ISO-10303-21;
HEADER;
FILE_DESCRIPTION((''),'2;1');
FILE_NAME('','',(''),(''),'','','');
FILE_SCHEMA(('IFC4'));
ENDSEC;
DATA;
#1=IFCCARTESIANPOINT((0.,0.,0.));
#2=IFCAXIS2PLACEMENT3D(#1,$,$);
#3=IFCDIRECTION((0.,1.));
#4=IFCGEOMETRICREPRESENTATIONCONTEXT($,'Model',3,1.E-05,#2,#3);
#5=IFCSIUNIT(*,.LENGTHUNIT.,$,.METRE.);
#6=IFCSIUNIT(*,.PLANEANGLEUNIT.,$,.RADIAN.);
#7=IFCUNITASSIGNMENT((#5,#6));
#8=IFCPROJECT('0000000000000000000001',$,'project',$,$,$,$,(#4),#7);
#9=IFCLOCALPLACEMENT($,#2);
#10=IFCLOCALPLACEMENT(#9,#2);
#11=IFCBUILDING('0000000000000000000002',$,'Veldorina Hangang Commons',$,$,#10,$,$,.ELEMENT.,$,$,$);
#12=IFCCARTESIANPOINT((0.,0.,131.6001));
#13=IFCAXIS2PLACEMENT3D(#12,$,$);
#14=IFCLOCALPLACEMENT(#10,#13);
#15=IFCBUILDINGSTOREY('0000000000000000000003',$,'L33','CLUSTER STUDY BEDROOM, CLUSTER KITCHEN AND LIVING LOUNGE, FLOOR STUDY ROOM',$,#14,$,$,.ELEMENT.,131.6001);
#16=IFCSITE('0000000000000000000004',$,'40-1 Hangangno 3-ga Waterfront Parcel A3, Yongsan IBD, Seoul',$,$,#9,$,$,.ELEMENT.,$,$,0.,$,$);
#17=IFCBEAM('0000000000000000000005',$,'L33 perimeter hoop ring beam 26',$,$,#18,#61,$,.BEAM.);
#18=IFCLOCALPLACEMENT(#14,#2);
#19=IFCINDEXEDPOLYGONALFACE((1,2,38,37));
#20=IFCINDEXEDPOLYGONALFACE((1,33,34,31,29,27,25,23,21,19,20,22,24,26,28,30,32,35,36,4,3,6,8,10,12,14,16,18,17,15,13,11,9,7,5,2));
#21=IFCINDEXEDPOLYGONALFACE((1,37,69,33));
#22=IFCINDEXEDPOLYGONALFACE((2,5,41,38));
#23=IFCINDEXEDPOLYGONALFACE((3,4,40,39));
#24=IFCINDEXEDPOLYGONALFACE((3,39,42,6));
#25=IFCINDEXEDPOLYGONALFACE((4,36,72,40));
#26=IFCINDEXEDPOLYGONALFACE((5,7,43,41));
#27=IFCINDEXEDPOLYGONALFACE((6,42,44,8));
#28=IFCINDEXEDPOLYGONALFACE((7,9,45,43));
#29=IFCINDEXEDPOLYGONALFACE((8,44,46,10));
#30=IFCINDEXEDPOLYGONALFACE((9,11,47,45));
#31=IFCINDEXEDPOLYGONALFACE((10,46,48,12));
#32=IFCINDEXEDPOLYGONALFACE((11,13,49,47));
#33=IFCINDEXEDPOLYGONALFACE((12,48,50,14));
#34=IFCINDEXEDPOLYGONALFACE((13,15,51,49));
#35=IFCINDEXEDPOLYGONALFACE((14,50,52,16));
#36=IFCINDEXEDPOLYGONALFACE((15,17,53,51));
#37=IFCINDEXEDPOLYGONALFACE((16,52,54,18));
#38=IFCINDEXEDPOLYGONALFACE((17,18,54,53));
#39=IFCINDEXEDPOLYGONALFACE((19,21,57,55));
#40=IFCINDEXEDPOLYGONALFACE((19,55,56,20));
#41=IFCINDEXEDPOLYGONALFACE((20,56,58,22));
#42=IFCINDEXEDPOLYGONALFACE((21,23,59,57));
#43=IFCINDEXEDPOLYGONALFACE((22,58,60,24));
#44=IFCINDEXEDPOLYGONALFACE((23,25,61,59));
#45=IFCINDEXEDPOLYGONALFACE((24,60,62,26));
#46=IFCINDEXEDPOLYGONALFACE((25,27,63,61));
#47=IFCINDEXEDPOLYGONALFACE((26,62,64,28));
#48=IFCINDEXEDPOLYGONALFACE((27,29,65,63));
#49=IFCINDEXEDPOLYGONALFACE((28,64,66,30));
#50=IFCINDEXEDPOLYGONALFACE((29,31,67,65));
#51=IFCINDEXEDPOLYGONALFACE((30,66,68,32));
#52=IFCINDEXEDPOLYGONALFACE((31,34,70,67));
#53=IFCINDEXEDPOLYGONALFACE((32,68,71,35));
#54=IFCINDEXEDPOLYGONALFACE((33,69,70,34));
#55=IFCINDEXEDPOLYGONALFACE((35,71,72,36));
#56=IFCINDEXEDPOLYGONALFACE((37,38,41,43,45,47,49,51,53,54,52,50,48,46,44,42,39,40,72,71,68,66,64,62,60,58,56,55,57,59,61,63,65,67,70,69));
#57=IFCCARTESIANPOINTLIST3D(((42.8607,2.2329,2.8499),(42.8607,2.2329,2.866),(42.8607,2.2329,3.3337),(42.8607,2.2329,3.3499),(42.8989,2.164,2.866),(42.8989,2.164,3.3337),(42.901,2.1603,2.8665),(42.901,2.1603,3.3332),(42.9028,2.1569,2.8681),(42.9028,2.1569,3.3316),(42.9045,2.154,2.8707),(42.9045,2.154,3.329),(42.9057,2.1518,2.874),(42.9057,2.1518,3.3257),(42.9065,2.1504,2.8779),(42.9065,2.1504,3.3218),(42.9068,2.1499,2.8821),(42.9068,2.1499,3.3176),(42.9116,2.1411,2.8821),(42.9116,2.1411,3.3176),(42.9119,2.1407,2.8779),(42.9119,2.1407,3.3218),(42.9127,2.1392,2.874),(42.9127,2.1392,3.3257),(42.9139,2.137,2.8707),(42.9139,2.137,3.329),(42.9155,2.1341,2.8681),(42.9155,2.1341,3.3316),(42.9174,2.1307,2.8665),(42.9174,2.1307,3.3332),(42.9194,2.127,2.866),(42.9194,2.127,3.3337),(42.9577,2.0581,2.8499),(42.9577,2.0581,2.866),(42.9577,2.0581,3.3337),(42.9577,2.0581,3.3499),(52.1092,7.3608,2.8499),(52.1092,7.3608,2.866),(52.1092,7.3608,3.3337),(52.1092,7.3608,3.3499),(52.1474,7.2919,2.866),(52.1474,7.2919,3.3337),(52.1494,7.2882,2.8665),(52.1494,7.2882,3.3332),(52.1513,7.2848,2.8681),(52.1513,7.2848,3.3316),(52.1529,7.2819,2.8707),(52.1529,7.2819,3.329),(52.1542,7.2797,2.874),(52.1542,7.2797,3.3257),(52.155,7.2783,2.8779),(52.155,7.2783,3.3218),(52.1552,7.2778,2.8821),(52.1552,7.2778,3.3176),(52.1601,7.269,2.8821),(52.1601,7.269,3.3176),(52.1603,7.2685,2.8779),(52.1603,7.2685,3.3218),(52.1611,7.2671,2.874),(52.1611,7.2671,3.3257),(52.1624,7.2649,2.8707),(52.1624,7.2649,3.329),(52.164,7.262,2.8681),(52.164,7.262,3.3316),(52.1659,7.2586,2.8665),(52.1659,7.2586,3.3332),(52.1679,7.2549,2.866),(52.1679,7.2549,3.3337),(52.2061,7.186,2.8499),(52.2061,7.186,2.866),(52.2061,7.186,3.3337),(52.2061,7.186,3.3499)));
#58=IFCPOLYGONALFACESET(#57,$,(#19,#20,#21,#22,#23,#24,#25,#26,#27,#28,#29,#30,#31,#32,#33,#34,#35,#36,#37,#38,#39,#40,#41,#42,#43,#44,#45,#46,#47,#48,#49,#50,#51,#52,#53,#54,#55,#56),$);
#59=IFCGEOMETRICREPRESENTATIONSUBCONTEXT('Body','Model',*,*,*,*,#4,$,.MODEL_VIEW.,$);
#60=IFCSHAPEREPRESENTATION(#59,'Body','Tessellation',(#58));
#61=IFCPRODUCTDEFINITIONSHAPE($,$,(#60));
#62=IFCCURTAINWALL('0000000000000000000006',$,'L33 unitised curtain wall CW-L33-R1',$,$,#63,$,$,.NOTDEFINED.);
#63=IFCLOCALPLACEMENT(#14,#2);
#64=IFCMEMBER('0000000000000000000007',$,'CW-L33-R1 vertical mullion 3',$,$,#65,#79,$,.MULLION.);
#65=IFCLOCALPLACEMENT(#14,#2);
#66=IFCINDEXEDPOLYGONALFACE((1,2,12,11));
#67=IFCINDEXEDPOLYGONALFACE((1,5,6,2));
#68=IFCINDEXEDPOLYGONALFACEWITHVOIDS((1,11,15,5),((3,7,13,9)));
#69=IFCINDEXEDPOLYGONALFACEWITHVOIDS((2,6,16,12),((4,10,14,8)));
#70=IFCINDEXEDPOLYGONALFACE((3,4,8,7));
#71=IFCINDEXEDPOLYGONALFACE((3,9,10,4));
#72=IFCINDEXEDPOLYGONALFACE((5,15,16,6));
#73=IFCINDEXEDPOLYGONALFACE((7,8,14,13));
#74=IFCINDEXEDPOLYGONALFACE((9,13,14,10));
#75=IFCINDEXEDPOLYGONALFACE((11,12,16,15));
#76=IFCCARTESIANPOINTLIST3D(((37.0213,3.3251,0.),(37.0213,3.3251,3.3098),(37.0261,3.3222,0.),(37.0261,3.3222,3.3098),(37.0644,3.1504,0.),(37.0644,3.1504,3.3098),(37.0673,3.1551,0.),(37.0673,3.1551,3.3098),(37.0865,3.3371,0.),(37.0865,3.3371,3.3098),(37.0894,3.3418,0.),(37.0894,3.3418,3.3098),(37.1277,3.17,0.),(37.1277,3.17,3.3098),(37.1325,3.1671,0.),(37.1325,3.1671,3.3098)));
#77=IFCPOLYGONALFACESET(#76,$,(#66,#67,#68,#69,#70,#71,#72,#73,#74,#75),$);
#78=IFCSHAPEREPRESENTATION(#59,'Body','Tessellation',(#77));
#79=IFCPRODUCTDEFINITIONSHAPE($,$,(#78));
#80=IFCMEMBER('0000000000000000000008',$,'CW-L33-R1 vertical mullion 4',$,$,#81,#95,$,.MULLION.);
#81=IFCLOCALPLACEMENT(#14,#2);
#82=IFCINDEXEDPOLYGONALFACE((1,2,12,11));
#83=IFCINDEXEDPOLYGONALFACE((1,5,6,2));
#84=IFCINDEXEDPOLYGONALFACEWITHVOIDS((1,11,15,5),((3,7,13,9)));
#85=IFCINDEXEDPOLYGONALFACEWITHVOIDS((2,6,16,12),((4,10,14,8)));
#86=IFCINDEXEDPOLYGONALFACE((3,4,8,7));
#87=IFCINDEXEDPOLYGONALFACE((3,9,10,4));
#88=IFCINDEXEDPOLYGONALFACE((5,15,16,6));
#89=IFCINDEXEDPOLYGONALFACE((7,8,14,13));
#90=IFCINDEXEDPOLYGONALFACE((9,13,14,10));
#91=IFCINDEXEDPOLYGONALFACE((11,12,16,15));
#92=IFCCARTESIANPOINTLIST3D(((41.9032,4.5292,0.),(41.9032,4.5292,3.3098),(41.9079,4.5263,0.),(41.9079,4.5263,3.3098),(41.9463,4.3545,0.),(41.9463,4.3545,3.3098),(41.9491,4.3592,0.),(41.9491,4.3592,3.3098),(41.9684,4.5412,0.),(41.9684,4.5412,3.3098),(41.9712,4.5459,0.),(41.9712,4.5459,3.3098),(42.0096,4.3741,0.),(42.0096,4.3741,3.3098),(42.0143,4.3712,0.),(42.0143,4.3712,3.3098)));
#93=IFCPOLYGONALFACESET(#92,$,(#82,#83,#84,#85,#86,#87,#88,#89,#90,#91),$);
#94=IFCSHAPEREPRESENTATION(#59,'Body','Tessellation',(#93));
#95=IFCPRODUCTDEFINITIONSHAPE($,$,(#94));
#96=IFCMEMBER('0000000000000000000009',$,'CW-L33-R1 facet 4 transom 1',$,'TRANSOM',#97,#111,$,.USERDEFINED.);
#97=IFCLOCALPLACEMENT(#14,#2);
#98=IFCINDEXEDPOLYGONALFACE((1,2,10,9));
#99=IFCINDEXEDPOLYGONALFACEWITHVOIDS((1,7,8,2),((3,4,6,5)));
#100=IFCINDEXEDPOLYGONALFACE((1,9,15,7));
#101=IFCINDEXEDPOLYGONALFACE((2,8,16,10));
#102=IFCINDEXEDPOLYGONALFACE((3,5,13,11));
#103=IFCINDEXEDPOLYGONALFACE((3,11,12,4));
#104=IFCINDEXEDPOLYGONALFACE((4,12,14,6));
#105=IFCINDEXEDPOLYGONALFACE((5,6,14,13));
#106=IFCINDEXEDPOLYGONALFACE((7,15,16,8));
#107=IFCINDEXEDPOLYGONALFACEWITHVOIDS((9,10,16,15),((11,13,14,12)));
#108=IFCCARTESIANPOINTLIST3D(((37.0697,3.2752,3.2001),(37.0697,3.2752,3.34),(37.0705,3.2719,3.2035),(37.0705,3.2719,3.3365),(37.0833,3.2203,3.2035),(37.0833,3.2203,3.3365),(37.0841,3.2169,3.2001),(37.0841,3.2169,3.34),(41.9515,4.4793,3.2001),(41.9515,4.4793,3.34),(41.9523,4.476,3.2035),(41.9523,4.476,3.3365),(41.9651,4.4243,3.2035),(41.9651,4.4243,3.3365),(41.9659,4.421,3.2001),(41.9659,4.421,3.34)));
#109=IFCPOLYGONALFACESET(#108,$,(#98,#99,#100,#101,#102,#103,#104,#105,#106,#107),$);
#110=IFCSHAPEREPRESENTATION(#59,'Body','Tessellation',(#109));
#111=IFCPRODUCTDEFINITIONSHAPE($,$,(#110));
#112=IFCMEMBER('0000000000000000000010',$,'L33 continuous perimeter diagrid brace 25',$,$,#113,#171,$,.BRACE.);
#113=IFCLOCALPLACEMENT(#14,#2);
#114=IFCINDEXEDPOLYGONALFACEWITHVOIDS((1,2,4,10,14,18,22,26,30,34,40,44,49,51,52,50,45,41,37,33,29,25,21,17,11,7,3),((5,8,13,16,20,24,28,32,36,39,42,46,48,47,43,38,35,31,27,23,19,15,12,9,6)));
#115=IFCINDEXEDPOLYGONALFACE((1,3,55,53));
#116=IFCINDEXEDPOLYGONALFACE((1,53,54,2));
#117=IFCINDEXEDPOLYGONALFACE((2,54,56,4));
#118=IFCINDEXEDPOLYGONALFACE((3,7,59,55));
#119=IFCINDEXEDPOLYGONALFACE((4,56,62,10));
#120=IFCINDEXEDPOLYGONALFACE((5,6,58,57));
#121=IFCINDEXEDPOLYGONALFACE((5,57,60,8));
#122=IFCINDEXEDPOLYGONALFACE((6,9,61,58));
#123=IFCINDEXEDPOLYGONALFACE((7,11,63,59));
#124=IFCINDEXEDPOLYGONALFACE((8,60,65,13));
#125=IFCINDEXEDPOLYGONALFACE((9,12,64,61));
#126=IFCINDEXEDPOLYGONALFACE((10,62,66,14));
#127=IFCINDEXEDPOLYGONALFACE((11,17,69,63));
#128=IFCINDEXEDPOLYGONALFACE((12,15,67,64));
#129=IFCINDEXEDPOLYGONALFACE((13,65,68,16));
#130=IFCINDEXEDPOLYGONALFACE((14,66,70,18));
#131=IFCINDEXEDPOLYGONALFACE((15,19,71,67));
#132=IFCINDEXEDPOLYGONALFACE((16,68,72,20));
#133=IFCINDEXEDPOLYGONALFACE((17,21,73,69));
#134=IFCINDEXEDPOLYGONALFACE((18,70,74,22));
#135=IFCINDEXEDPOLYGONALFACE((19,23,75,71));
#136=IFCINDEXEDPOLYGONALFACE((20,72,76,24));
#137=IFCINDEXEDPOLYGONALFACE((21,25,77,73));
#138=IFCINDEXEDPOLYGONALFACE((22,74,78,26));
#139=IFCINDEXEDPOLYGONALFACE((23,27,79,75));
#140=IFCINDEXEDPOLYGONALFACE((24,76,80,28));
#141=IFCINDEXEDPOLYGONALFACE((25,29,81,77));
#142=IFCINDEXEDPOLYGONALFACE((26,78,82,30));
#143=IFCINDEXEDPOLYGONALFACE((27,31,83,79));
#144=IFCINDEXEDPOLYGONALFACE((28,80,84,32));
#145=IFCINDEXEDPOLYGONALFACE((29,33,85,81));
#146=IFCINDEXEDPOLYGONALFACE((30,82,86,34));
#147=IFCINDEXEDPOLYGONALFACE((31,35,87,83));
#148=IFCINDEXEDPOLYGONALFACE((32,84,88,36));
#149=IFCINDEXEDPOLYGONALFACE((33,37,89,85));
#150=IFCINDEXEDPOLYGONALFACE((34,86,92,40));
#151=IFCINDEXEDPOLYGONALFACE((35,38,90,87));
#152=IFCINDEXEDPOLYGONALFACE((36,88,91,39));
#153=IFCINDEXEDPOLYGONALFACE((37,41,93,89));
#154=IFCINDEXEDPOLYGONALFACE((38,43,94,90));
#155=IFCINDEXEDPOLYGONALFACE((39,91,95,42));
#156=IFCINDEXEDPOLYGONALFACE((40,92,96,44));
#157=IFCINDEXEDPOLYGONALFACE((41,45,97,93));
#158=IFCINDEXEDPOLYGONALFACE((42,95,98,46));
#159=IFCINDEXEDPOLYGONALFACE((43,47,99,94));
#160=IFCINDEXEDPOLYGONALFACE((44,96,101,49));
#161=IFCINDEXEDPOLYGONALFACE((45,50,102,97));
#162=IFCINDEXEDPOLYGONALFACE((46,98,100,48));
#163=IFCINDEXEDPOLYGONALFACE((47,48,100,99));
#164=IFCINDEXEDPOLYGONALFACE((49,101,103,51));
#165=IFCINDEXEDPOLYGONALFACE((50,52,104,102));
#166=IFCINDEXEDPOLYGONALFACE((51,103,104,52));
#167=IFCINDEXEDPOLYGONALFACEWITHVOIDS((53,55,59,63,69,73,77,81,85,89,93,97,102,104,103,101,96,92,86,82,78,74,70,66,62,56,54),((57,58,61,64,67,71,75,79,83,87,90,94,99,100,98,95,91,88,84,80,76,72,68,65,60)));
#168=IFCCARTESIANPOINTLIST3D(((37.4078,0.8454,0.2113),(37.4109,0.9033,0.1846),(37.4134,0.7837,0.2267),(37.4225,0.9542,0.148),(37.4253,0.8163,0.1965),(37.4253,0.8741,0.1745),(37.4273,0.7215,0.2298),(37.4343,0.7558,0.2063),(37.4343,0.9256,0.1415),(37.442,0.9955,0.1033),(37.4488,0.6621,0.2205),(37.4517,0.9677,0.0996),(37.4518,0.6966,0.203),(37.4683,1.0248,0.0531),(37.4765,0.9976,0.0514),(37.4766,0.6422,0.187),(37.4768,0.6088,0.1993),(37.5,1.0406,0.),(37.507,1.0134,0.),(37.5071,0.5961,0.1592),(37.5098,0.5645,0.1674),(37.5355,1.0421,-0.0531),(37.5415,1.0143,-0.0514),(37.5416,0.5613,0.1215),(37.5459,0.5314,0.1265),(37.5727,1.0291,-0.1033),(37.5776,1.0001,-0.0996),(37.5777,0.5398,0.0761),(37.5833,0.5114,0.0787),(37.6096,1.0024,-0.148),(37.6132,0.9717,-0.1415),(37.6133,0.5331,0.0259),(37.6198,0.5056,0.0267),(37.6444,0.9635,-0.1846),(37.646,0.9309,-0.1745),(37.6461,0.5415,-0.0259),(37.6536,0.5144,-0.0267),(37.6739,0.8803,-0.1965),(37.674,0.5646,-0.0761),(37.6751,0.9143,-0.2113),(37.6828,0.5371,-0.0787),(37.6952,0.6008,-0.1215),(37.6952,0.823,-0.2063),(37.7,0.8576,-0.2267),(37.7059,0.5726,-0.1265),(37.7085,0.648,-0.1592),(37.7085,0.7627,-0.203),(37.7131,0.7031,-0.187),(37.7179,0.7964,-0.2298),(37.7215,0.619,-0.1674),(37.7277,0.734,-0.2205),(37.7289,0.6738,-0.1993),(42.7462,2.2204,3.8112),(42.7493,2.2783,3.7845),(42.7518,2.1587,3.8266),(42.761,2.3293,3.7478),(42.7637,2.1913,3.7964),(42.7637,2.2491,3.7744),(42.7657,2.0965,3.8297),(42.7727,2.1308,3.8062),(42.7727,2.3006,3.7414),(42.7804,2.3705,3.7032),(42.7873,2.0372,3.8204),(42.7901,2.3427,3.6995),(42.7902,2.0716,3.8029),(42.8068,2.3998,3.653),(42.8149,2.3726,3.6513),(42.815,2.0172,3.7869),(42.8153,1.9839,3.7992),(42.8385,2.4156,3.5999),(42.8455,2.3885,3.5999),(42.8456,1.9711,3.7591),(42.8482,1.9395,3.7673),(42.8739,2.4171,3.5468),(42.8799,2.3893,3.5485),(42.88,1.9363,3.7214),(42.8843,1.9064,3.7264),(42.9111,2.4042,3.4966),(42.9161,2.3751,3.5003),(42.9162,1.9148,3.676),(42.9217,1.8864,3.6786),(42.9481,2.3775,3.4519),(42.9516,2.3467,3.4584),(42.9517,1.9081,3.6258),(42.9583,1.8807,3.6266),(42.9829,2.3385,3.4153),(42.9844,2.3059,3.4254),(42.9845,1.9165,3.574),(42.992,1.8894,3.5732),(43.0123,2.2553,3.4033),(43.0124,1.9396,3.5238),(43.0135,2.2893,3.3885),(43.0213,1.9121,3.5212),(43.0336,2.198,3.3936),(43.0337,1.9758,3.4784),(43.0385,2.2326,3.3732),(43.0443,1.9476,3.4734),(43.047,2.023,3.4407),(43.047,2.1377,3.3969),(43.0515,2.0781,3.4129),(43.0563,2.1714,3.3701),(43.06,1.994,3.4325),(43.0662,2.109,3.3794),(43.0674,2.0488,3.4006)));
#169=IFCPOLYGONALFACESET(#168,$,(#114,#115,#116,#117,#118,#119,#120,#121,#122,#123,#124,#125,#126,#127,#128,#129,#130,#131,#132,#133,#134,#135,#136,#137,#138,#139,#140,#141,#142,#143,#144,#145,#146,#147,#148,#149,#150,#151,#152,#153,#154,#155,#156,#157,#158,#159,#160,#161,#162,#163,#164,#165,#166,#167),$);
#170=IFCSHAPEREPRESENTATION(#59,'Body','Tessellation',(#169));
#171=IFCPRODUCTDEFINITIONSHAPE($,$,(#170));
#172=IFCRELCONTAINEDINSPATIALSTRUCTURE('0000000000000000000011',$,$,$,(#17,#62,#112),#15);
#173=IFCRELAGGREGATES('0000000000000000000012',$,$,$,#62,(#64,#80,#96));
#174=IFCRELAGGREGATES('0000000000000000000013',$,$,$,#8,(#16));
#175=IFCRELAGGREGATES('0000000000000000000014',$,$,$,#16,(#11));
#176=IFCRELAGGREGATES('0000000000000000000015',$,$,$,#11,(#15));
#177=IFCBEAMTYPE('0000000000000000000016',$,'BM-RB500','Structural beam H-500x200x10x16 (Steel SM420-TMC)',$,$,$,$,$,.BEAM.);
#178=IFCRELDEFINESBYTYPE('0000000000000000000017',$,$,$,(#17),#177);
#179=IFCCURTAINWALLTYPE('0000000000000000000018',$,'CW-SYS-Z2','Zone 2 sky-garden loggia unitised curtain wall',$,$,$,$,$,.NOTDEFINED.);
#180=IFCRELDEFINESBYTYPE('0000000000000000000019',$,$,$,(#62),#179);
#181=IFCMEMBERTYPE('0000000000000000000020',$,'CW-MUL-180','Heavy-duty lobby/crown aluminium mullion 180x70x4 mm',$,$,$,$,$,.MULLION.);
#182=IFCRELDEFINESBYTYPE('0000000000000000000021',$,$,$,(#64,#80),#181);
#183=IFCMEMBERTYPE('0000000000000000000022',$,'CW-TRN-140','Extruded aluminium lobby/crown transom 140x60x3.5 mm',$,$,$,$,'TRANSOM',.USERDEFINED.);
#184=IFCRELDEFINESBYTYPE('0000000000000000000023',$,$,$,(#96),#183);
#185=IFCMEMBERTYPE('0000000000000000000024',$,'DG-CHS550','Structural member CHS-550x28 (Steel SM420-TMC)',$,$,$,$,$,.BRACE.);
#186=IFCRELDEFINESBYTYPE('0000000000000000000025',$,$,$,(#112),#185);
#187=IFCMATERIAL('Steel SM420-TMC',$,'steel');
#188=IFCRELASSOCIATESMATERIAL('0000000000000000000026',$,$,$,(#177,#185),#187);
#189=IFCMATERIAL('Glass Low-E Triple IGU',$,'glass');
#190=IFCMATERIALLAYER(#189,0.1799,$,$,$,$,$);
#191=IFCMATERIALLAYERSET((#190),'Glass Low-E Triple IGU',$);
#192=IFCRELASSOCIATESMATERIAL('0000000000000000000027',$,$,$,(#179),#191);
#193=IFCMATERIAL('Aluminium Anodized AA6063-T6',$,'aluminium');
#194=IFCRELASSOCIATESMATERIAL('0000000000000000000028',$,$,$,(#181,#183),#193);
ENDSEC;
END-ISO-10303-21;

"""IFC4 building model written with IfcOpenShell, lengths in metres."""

from ifc_helpers import new_model, si_unit, direction, frame, origin, origin_2d, place, context, subcontext, project, spatial, hollow_rectangle, hollow_circle, i_section, extrude, material, layer, layer_set, material_profile, profile_set, type_object, element, aggregate, save


model = new_model("IFC4")

# Units and contexts
model_context = context("Model", 3, precision=1e-05, world=origin(), true_north=direction((0.0, 1.0)))
body_context = subcontext(model_context, "Body", "Model", "MODEL_VIEW")
ifc_project = project(units=[si_unit("LENGTHUNIT", "METRE"), si_unit("PLANEANGLEUNIT", "RADIAN")], contexts=[model_context])

# Site, building, storey
site_placement = place(None, origin())
site = spatial("IfcSite", under=ifc_project, at=site_placement, Name="40-1 Hangangno 3-ga Waterfront Parcel A3, Yongsan IBD, Seoul", CompositionType="ELEMENT", RefElevation=0.0)
building_placement = place(site_placement, origin())
building = spatial("IfcBuilding", under=site, at=building_placement, Name="Veldorina Hangang Commons", CompositionType="ELEMENT")
storey_placement = place(building_placement, frame((0.0, 0.0, 131.6001)))
storey = spatial("IfcBuildingStorey", under=building, at=storey_placement, Name="L33", Description="CLUSTER STUDY BEDROOM, CLUSTER KITCHEN AND LIVING LOUNGE, FLOOR STUDY ROOM", CompositionType="ELEMENT", Elevation=131.6001)

# Beam
ifc_material_1 = material(Name="Steel SM420-TMC", Category="steel")
ifc_material_profile_1 = material_profile(ifc_material_1, i_section(OverallWidth=0.2, OverallDepth=0.5, WebThickness=0.01, FlangeThickness=0.0161, FilletRadius=0.0161, at=origin_2d()), Name="H-500x200x10x16")
ifc_profile_set_1 = profile_set([ifc_material_profile_1], Name="Steel SM420-TMC")
beam_type = type_object("IfcBeamType", Name="BM-RB500", Description="Structural beam H-500x200x10x16 (Steel SM420-TMC)", PredefinedType="BEAM", material=ifc_profile_set_1)
beam_placement = place(storey_placement, frame((42.9092, 2.1455, 3.0999), z_axis=(0.874564, 0.48491, 0.0), x_axis=(-0.48491, 0.874564, 0.0)))
element("IfcBeam", 1, at=beam_placement, inside=storey, type_object=beam_type, Name="L33 perimeter hoop ring beam 26", PredefinedType="BEAM", context=body_context, shape_type="SweptSolid", body=[
    extrude(i_section(OverallWidth=0.2, OverallDepth=0.5, WebThickness=0.01, FlangeThickness=0.0161, FilletRadius=0.0161, at=origin_2d()), origin(), (0.0, 0.0, 1.0), 10.575),
])

# Curtain wall, members
ifc_material_2 = material(Name="Glass Low-E Triple IGU", Category="glass")
ifc_layer_1 = layer(ifc_material_2, 0.1799)
ifc_layer_set_1 = layer_set([ifc_layer_1], Name="Glass Low-E Triple IGU")
curtain_wall_type = type_object("IfcCurtainWallType", Name="CW-SYS-Z2", Description="Zone 2 sky-garden loggia unitised curtain wall", PredefinedType="NOTDEFINED", material=ifc_layer_set_1)
curtain_wall_placement = place(storey_placement, origin())
curtain_wall = element("IfcCurtainWall", 2, at=curtain_wall_placement, inside=storey, type_object=curtain_wall_type, Name="L33 unitised curtain wall CW-L33-R1", PredefinedType="NOTDEFINED")
ifc_material_3 = material(Name="Aluminium Anodized AA6063-T6", Category="aluminium")
ifc_material_profile_2 = material_profile(ifc_material_3, hollow_rectangle(XDim=0.0701, YDim=0.1799, WallThickness=0.0039, at=origin_2d()), Name="ALU-RHS-180x70x4")
ifc_profile_set_2 = profile_set([ifc_material_profile_2], Name="Aluminium Anodized AA6063-T6")
member_type_1 = type_object("IfcMemberType", Name="CW-MUL-180", Description="Heavy-duty lobby/crown aluminium mullion 180x70x4 mm", PredefinedType="MULLION", material=ifc_profile_set_2)
member_1_placement = place(storey_placement, frame((37.0769, 3.2461, 0.0), z_axis=(0.0, 0.0, 1.0), x_axis=(0.970896, 0.239499, 0.0)))
member_1 = element("IfcMember", 3, at=member_1_placement, type_object=member_type_1, Name="CW-L33-R1 vertical mullion 3", PredefinedType="MULLION", context=body_context, shape_type="SweptSolid", body=[
    extrude(hollow_rectangle(XDim=0.0701, YDim=0.1799, WallThickness=0.0039, at=origin_2d()), origin(), (0.0, 0.0, 1.0), 3.3098),
])
member_2_placement = place(storey_placement, frame((41.9587, 4.4502, 0.0), z_axis=(0.0, 0.0, 1.0), x_axis=(-0.970896, -0.239499, 0.0)))
member_2 = element("IfcMember", 4, at=member_2_placement, type_object=member_type_1, Name="CW-L33-R1 vertical mullion 4", PredefinedType="MULLION", context=body_context, shape_type="SweptSolid", body=[
    extrude(hollow_rectangle(XDim=0.0701, YDim=0.1799, WallThickness=0.0039, at=origin_2d()), origin(), (0.0, 0.0, 1.0), 3.3098),
])
ifc_material_profile_3 = material_profile(ifc_material_3, hollow_rectangle(XDim=0.0601, YDim=0.1399, WallThickness=0.0034, at=origin_2d()), Name="ALU-RHS-140x60x3.5")
ifc_profile_set_3 = profile_set([ifc_material_profile_3], Name="Aluminium Anodized AA6063-T6")
member_type_2 = type_object("IfcMemberType", Name="CW-TRN-140", Description="Extruded aluminium lobby/crown transom 140x60x3.5 mm", ElementType="TRANSOM", PredefinedType="USERDEFINED", material=ifc_profile_set_3)
member_3_placement = place(storey_placement, frame((37.0769, 3.2461, 3.27), z_axis=(0.970903, 0.239473, 0.0), x_axis=(-0.239473, 0.970903, 0.0)))
member_3 = element("IfcMember", 5, at=member_3_placement, type_object=member_type_2, Name="CW-L33-R1 facet 4 transom 1", ObjectType="TRANSOM", PredefinedType="USERDEFINED", context=body_context, shape_type="SweptSolid", body=[
    extrude(hollow_rectangle(XDim=0.0601, YDim=0.1399, WallThickness=0.0034, at=origin_2d()), origin(), (0.0, 0.0, 1.0), 5.0281),
])

# Member
ifc_material_profile_4 = material_profile(ifc_material_1, hollow_circle(Radius=0.2749, WallThickness=0.0281, at=origin_2d()), Name="CHS-550x28")
ifc_profile_set_4 = profile_set([ifc_material_profile_4], Name="Steel SM420-TMC")
member_type_3 = type_object("IfcMemberType", Name="DG-CHS550", Description="Structural member CHS-550x28 (Steel SM420-TMC)", PredefinedType="BRACE", material=ifc_profile_set_4)
member_4_placement = place(storey_placement, frame((37.5686, 0.7744, 0.0), z_axis=(0.810822, 0.208842, 0.546765), x_axis=(-0.249428, 0.968393, 0.0)))
element("IfcMember", 6, at=member_4_placement, inside=storey, type_object=member_type_3, Name="L33 continuous perimeter diagrid brace 25", PredefinedType="BRACE", context=body_context, shape_type="SweptSolid", body=[
    extrude(hollow_circle(Radius=0.2749, WallThickness=0.0281, at=origin_2d()), origin(), (0.0, 0.0, 1.0), 6.584),
])

aggregate(curtain_wall, [member_1, member_2, member_3])

save(model, "model.ifc")
